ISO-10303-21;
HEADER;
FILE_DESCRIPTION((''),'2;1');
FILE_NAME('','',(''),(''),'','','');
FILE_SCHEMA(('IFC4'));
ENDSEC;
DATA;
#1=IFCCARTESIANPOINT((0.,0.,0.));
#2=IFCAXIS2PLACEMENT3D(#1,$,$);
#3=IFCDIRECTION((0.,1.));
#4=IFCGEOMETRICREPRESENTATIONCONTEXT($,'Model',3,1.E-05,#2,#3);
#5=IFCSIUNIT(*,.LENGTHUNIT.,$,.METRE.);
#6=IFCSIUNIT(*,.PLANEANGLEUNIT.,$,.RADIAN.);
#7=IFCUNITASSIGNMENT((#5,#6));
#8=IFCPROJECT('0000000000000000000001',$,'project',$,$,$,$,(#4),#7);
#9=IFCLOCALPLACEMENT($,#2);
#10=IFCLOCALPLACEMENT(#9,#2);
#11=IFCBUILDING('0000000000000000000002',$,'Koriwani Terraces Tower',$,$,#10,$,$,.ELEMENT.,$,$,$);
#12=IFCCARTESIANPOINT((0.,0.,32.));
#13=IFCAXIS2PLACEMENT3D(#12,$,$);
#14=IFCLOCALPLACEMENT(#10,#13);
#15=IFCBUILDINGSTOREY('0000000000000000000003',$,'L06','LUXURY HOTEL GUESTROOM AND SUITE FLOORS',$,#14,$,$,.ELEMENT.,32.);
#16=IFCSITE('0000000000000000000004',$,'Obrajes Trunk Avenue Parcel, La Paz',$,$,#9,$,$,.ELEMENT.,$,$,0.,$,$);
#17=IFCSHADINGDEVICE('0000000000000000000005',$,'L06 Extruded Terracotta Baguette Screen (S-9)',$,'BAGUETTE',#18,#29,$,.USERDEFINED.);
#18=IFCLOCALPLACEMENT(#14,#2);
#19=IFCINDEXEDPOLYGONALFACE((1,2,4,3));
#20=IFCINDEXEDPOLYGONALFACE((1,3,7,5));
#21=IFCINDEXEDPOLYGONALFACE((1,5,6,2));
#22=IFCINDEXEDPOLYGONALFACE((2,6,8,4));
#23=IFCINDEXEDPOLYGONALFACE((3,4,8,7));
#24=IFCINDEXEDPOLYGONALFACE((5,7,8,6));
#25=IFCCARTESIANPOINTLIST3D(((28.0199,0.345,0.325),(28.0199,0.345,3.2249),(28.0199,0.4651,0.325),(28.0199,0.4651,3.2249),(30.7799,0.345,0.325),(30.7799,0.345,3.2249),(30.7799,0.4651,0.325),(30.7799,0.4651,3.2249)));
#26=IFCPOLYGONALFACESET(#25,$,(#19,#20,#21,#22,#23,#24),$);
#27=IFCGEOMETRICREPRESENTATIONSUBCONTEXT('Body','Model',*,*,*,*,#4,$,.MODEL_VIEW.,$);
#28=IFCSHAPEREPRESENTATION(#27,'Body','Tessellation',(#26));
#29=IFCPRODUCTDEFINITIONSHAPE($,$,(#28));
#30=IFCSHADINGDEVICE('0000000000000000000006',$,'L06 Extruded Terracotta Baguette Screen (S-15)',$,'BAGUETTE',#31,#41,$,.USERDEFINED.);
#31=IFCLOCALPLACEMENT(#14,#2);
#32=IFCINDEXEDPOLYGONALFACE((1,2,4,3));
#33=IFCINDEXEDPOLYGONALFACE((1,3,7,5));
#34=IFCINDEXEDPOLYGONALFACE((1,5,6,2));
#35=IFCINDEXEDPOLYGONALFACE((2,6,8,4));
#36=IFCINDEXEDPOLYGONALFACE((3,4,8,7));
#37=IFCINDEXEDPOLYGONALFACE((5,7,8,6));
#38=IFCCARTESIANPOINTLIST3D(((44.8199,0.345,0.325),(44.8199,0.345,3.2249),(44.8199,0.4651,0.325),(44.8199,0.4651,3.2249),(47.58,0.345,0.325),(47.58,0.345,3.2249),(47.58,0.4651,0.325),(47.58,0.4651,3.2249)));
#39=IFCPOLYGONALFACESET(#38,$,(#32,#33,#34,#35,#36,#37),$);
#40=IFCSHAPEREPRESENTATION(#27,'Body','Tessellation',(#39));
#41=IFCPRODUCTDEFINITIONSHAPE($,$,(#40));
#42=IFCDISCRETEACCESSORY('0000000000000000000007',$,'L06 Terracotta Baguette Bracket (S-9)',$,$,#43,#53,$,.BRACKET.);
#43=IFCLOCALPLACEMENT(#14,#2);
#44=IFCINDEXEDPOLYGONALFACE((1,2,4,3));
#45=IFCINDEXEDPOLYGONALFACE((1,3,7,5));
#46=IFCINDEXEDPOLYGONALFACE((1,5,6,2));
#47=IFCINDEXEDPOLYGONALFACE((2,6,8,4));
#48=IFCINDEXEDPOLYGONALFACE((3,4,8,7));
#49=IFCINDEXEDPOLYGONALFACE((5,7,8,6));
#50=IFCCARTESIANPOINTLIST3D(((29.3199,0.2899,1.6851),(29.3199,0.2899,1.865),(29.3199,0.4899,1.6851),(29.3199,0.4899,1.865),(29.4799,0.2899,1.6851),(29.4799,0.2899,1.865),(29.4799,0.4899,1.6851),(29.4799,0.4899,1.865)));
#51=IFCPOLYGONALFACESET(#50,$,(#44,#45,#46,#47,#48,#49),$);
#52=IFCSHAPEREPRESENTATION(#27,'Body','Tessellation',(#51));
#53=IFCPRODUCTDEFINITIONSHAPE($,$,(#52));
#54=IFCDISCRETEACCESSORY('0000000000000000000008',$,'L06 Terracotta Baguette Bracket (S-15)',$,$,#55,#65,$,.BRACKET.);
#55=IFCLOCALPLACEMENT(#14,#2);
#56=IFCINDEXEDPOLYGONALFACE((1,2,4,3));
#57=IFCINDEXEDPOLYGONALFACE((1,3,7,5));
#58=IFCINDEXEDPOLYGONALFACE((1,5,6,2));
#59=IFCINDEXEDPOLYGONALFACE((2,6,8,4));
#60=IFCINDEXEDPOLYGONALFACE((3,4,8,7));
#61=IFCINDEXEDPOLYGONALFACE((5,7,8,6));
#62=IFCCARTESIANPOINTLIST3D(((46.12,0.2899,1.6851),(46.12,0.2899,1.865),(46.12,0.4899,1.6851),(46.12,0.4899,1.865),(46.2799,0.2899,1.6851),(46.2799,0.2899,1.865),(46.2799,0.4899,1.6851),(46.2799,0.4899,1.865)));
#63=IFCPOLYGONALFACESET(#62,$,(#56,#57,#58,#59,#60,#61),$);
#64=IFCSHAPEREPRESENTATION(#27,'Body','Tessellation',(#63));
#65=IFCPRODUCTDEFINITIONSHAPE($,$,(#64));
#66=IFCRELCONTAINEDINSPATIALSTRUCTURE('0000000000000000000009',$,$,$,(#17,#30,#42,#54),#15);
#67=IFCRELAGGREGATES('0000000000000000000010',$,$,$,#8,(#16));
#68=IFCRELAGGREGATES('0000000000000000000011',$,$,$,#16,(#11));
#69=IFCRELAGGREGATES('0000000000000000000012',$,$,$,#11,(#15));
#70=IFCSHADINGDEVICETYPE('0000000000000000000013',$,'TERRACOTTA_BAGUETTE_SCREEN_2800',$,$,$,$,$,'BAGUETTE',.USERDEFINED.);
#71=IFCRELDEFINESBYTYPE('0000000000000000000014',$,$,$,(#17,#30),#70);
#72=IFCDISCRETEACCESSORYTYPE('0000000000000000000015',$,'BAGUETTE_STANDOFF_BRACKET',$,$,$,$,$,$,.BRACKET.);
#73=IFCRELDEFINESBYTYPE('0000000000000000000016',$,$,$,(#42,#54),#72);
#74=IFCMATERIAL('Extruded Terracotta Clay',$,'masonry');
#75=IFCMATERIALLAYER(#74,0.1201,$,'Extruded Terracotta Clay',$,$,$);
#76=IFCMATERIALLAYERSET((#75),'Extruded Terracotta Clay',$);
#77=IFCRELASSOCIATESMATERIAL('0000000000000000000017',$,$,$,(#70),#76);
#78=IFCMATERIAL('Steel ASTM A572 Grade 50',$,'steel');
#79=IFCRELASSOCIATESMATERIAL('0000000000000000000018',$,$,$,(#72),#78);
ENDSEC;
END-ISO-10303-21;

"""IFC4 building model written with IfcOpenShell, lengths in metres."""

from ifc_helpers import new_model, si_unit, direction, frame, origin, origin_2d, place, context, subcontext, project, spatial, rectangle, extrude, material, layer, layer_set, type_object, element, save


model = new_model("IFC4")

# Units and contexts
model_context = context("Model", 3, precision=1e-05, world=origin(), true_north=direction((0.0, 1.0)))
body_context = subcontext(model_context, "Body", "Model", "MODEL_VIEW")
ifc_project = project(units=[si_unit("LENGTHUNIT", "METRE"), si_unit("PLANEANGLEUNIT", "RADIAN")], contexts=[model_context])

# Site, building, storey
site_placement = place(None, origin())
site = spatial("IfcSite", under=ifc_project, at=site_placement, Name="Obrajes Trunk Avenue Parcel, La Paz", CompositionType="ELEMENT", RefElevation=0.0)
building_placement = place(site_placement, origin())
building = spatial("IfcBuilding", under=site, at=building_placement, Name="Koriwani Terraces Tower", CompositionType="ELEMENT")
storey_placement = place(building_placement, frame((0.0, 0.0, 32.0)))
storey = spatial("IfcBuildingStorey", under=building, at=storey_placement, Name="L06", Description="LUXURY HOTEL GUESTROOM AND SUITE FLOORS", CompositionType="ELEMENT", Elevation=32.0)

# Shared definitions
ifc_material_1 = material(Name="Steel ASTM A572 Grade 50", Category="steel")

# Shading devices
ifc_material_2 = material(Name="Extruded Terracotta Clay", Category="masonry")
ifc_layer_1 = layer(ifc_material_2, 0.1201, Name="Extruded Terracotta Clay")
ifc_layer_set_1 = layer_set([ifc_layer_1], Name="Extruded Terracotta Clay")
shading_device_type = type_object("IfcShadingDeviceType", Name="TERRACOTTA_BAGUETTE_SCREEN_2800", ElementType="BAGUETTE", PredefinedType="USERDEFINED", material=ifc_layer_set_1)
for number, where, z_axis, x_axis, name in (
    (1, (29.3999, 0.405, 0.325), (0.0, 0.0, 1.0), (-1.0, 0.0, 0.0), "L06 Extruded Terracotta Baguette Screen (S-9)"),
    (2, (46.2, 0.405, 0.325), (0.0, 0.0, 1.0), (-1.0, 0.0, 0.0), "L06 Extruded Terracotta Baguette Screen (S-15)"),
):
    element("IfcShadingDevice", number, at=place(storey_placement, frame(where, z_axis=z_axis, x_axis=x_axis)), inside=storey, type_object=shading_device_type, Name=name, ObjectType="BAGUETTE", PredefinedType="USERDEFINED", context=body_context, shape_type="SweptSolid", body=[
        extrude(rectangle(XDim=2.76, YDim=0.1201, at=origin_2d()), origin(), (0.0, 0.0, 1.0), 2.8999),
    ])

# Discrete accessories
discrete_accessory_type = type_object("IfcDiscreteAccessoryType", Name="BAGUETTE_STANDOFF_BRACKET", PredefinedType="BRACKET", material=ifc_material_1)
for number, where, z_axis, x_axis, name in (
    (3, (29.3999, 0.3899, 1.6851), (0.0, 0.0, 1.0), (-1.0, 0.0, 0.0), "L06 Terracotta Baguette Bracket (S-9)"),
    (4, (46.2, 0.3899, 1.6851), (0.0, 0.0, 1.0), (-1.0, 0.0, 0.0), "L06 Terracotta Baguette Bracket (S-15)"),
):
    element("IfcDiscreteAccessory", number, at=place(storey_placement, frame(where, z_axis=z_axis, x_axis=x_axis)), inside=storey, type_object=discrete_accessory_type, Name=name, PredefinedType="BRACKET", context=body_context, shape_type="SweptSolid", body=[
        extrude(rectangle(XDim=0.1599, YDim=0.2, at=origin_2d()), origin(), (0.0, 0.0, 1.0), 0.1799),
    ])

save(model, "model.ifc")
